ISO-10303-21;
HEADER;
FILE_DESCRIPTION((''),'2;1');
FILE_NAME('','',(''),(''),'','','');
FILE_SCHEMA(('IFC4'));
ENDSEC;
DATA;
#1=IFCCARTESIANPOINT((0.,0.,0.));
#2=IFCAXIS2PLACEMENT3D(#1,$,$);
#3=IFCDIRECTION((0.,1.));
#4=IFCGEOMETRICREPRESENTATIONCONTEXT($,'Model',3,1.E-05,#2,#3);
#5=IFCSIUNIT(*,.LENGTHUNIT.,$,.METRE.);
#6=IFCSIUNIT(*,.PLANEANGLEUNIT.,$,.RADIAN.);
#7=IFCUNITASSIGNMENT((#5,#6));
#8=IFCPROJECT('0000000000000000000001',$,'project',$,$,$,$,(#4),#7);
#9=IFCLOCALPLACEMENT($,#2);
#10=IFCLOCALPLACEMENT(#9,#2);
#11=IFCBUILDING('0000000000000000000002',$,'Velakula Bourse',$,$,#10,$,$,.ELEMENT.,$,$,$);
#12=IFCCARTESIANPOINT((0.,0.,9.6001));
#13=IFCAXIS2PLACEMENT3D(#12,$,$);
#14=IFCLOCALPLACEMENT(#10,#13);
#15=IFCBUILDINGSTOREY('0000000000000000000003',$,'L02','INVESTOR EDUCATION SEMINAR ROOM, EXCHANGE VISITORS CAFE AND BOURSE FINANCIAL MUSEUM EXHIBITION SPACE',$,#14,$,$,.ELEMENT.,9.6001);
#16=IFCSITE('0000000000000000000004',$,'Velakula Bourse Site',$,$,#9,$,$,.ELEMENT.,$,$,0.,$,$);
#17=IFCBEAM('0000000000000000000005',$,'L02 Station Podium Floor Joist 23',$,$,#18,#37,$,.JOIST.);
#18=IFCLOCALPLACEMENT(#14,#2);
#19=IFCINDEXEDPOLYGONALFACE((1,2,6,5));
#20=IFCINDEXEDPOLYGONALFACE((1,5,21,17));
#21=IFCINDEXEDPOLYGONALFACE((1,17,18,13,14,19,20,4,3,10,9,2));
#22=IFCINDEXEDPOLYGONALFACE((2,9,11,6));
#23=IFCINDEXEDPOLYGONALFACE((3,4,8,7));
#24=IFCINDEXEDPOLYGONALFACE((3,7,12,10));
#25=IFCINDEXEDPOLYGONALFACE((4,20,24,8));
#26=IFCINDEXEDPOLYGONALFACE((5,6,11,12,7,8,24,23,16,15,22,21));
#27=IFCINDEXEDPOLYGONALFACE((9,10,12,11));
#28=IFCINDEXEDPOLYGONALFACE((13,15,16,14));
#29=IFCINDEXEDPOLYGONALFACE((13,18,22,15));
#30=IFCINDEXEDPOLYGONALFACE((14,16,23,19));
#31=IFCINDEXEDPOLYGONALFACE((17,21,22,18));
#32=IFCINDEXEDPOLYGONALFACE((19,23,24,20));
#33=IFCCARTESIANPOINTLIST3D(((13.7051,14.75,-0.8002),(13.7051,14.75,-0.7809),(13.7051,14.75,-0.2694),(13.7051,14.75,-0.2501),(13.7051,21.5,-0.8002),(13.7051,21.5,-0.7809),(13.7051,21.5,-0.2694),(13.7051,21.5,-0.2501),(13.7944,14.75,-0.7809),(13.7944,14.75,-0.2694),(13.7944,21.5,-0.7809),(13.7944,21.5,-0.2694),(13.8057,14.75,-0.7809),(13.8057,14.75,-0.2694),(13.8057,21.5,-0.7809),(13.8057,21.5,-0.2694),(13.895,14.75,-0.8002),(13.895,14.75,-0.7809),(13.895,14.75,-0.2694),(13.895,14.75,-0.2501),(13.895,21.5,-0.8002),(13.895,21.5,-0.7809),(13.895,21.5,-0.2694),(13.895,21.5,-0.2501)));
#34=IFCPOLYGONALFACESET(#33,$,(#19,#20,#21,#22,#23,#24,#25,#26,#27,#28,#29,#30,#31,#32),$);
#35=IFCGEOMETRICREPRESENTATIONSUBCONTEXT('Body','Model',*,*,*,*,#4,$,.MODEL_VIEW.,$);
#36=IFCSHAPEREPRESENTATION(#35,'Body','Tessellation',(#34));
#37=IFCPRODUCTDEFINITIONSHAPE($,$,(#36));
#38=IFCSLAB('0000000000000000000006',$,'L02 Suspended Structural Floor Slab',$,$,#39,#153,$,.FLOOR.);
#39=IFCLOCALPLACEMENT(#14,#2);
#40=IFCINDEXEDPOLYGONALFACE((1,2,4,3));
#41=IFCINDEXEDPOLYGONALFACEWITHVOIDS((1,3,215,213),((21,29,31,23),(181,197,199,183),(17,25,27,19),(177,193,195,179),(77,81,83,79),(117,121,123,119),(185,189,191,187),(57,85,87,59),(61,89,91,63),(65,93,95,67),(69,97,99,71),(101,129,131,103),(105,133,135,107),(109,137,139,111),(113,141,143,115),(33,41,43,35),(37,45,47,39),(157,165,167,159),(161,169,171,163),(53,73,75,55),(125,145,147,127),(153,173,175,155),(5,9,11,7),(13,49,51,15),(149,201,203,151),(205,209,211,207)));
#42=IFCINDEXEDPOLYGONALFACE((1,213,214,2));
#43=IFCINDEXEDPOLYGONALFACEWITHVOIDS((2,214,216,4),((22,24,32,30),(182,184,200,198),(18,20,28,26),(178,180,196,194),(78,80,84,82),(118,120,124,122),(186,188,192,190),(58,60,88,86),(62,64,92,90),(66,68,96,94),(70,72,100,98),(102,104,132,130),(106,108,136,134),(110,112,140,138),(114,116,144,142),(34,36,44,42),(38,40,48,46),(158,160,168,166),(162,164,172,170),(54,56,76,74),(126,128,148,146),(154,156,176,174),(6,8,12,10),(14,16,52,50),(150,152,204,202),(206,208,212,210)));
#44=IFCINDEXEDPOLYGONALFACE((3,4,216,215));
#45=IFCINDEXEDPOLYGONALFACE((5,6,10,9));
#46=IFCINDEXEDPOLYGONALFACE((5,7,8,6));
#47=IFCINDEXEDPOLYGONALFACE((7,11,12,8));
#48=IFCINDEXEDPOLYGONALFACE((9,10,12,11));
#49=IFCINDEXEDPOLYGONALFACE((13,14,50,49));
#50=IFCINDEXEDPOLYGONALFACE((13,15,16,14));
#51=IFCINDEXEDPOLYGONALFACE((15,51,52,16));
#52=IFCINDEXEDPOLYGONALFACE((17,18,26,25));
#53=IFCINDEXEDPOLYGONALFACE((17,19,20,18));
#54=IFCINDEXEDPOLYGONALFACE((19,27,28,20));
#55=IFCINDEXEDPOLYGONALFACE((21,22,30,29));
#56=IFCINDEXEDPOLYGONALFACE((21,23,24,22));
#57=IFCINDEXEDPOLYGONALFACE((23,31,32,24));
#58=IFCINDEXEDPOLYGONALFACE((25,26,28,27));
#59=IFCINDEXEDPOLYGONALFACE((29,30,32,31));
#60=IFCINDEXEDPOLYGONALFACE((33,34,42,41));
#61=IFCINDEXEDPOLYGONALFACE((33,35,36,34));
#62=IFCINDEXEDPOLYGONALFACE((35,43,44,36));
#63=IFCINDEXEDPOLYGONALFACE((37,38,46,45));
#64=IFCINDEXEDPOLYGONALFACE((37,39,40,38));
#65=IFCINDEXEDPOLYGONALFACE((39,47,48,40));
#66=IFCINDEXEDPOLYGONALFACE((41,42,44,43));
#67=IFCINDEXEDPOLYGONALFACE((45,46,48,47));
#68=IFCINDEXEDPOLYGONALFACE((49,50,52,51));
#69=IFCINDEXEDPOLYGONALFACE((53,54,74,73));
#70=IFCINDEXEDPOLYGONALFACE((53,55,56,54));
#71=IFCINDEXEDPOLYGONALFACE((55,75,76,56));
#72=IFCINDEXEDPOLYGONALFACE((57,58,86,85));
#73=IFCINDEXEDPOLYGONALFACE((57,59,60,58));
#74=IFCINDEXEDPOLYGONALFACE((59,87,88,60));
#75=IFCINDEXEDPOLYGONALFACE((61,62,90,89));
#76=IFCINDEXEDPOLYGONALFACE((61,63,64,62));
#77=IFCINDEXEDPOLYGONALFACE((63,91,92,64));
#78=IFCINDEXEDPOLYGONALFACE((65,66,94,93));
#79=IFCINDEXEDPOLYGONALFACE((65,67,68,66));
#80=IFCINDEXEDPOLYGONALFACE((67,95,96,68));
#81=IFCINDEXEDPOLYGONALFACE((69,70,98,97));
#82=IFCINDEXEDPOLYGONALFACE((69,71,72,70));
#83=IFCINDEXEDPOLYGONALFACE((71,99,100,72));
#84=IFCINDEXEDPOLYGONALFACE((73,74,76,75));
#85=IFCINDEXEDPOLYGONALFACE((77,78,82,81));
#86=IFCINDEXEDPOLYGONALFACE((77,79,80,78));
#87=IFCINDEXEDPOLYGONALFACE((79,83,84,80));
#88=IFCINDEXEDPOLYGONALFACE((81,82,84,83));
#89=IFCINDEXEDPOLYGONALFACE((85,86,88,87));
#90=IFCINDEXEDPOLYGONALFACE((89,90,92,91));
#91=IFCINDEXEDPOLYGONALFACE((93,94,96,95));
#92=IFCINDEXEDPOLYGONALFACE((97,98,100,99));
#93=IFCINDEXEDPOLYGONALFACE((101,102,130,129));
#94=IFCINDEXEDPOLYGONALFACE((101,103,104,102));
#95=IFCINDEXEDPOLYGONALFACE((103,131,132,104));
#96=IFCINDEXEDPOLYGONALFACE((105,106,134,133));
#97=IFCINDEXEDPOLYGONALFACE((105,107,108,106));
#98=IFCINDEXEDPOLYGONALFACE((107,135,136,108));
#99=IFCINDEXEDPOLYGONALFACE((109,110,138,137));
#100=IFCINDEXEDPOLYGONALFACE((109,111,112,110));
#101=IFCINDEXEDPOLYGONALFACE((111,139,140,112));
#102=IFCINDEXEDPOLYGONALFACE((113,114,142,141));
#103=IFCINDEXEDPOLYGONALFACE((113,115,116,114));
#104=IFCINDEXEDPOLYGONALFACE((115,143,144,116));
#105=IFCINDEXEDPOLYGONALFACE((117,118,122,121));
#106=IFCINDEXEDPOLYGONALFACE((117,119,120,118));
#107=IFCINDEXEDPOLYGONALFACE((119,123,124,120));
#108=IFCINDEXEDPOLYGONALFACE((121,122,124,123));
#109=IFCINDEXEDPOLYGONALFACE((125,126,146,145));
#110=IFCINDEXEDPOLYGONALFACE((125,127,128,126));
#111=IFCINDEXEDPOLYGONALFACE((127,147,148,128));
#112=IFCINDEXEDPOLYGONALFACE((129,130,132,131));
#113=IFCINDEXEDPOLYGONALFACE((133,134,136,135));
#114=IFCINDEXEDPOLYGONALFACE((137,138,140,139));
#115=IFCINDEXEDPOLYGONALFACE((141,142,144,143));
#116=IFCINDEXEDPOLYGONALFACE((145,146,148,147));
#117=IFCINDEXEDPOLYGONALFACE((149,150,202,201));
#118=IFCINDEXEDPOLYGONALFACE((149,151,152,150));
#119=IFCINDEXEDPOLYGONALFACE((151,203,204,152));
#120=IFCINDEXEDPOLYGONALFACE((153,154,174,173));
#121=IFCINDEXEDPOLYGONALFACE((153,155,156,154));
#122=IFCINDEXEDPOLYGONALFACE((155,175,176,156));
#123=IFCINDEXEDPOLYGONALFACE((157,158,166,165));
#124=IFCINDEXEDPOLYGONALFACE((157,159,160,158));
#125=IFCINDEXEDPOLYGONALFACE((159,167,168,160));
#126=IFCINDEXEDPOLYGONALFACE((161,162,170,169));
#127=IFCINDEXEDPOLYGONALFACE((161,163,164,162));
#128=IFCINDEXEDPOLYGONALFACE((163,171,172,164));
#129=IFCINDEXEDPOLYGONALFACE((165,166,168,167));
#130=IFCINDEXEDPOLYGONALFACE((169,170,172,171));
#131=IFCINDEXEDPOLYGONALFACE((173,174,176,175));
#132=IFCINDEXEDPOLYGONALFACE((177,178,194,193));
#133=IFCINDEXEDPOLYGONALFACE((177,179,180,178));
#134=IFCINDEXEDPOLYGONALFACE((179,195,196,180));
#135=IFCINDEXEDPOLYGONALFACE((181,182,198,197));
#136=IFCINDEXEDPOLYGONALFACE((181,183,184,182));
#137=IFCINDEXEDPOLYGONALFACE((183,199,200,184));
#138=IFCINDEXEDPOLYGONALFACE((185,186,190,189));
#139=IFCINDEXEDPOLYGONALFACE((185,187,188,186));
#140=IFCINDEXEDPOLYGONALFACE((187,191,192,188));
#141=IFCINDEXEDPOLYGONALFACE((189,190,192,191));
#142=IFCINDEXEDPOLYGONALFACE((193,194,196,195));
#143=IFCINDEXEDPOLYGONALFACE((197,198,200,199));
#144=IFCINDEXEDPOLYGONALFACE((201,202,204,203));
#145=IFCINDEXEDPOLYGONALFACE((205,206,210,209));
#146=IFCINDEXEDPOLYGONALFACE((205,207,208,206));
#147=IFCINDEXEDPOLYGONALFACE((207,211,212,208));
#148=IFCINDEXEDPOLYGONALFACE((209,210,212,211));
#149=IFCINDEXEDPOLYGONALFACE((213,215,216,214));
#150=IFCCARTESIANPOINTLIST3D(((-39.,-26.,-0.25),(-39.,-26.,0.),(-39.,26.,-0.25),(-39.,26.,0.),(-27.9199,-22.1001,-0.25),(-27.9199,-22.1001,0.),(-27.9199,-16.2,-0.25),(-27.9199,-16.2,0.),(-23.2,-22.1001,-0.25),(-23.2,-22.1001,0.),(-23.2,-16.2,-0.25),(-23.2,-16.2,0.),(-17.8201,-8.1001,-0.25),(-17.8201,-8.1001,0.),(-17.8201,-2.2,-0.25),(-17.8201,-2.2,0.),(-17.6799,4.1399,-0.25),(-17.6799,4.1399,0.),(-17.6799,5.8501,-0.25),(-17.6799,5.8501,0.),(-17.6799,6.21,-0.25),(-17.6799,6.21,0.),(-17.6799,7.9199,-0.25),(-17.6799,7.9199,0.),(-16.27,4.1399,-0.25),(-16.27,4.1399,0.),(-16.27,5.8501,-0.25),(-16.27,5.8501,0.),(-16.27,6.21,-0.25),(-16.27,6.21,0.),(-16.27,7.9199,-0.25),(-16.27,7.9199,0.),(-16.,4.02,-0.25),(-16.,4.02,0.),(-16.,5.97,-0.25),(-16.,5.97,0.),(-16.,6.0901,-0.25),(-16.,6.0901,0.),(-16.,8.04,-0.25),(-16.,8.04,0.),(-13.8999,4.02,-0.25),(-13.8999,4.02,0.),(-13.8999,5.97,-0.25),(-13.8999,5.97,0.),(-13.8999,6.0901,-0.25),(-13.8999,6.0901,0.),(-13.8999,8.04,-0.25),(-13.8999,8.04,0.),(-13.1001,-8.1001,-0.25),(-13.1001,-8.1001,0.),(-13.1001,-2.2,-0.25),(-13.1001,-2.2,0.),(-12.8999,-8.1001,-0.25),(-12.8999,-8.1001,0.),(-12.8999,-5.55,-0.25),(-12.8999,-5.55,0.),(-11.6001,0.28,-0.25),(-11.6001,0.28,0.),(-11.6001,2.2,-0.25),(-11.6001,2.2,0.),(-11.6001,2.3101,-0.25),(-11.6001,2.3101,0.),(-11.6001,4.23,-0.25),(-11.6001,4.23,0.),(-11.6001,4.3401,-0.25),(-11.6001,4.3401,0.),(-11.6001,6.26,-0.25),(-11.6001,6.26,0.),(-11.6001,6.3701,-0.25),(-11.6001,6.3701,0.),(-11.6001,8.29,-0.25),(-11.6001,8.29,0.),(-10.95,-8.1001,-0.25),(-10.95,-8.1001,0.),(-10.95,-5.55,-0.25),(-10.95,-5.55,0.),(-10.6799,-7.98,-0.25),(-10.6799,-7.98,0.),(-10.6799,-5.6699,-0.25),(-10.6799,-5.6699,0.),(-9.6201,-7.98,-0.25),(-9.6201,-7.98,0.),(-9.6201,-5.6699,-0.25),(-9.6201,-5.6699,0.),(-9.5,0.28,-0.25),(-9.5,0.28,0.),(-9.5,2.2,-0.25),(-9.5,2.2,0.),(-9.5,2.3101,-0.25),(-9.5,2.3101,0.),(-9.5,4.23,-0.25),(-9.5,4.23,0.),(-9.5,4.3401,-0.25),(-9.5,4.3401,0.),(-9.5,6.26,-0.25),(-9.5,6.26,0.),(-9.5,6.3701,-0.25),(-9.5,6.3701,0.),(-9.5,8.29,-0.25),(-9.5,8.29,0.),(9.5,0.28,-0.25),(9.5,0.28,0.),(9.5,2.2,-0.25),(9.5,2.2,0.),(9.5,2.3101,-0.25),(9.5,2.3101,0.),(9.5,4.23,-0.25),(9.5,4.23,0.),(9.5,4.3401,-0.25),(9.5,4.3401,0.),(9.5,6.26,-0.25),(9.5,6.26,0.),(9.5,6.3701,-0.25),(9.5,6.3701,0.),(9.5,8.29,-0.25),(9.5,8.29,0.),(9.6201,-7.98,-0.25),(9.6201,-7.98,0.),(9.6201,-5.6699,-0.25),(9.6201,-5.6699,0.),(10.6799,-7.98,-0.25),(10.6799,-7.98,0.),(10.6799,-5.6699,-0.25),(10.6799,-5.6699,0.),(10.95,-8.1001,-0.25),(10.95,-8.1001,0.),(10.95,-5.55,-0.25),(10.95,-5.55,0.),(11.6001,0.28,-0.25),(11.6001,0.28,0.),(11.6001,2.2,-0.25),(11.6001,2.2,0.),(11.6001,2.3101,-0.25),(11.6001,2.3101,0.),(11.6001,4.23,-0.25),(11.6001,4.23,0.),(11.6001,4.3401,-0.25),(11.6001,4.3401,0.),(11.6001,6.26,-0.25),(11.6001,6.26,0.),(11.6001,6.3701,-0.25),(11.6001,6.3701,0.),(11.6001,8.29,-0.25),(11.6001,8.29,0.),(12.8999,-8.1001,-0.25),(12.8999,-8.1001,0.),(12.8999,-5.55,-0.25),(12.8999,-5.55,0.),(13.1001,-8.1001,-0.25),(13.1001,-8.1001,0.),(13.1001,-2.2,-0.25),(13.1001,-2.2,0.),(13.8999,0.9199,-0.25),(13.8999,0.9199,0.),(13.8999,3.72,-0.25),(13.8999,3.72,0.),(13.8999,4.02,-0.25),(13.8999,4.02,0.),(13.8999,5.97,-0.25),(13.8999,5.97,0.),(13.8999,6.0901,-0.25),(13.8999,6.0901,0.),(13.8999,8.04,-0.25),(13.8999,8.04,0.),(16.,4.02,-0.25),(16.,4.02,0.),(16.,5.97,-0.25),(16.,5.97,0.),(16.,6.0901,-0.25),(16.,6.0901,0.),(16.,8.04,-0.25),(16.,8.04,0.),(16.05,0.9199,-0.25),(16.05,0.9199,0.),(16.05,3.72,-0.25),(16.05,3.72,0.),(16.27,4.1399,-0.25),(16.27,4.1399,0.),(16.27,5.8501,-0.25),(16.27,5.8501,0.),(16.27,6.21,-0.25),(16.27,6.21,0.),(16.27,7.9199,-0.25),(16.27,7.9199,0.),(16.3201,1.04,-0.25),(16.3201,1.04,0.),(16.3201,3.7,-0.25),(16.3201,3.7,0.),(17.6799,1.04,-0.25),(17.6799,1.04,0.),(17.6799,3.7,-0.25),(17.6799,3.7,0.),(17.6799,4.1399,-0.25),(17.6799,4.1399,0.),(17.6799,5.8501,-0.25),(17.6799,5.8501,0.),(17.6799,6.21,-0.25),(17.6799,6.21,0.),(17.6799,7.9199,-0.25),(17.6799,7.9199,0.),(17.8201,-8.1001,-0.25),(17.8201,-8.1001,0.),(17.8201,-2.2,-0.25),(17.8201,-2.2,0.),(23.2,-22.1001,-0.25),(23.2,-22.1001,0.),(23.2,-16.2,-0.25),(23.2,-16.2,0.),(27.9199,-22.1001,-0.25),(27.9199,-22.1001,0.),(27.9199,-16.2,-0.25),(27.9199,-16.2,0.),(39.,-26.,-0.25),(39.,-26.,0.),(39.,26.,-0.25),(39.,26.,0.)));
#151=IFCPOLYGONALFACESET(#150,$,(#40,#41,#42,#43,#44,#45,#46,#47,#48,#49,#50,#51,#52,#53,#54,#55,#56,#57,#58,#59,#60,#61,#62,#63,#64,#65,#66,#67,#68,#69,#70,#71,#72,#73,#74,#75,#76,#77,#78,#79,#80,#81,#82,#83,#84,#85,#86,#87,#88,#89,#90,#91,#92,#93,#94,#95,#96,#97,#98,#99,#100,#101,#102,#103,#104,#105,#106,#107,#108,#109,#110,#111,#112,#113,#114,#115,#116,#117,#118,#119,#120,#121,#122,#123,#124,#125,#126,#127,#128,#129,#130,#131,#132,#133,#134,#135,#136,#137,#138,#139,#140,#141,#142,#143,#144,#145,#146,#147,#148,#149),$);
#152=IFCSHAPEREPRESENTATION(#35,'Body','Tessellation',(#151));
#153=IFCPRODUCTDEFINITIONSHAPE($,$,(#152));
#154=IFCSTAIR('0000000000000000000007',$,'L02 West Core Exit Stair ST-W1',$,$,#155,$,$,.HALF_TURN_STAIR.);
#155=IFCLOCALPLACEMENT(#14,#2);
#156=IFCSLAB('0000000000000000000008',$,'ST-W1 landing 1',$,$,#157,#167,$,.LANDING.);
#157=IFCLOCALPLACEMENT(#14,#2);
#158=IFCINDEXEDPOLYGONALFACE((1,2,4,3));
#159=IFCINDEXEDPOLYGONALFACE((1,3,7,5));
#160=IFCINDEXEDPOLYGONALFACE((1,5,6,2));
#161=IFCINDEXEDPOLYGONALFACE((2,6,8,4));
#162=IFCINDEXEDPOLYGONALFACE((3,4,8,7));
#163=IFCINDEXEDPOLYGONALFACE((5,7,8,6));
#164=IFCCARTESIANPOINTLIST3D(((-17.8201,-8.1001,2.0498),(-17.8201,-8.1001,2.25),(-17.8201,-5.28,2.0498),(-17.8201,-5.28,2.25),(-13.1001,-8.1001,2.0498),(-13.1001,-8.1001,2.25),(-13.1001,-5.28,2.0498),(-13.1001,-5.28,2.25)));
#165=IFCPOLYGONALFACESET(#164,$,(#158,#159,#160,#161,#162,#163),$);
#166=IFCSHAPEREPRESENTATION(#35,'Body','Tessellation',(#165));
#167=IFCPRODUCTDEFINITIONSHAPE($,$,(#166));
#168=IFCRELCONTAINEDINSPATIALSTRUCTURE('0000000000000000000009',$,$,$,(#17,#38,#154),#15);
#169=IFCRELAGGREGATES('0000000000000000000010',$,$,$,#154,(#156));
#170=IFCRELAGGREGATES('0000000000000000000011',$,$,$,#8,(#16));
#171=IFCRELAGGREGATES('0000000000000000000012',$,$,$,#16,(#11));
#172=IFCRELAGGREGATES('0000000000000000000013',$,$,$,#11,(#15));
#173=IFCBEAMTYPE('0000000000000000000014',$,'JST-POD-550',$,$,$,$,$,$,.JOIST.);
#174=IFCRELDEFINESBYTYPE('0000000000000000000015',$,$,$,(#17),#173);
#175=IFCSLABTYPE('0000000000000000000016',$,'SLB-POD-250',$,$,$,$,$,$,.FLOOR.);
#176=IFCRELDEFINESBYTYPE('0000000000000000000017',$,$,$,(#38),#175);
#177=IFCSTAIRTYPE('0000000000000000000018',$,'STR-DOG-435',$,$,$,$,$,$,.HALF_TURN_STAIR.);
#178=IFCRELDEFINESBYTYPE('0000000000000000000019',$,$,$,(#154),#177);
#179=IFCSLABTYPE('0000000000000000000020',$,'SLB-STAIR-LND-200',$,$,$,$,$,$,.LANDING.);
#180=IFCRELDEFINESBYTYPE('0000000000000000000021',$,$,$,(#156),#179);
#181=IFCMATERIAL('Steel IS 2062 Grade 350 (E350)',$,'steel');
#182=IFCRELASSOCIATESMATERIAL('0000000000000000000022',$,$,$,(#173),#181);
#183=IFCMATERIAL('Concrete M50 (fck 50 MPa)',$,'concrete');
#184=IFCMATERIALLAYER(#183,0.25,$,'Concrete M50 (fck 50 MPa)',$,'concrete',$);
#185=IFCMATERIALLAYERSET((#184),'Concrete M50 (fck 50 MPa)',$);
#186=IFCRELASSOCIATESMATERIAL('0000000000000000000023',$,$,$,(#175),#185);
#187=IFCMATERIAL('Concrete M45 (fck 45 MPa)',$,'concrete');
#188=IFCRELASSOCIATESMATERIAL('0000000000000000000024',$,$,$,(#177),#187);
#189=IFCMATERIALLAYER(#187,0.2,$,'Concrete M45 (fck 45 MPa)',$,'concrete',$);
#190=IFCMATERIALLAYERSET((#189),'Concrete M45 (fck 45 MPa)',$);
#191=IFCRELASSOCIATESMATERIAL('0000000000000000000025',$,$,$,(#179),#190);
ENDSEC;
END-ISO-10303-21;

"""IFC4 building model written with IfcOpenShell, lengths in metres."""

from ifc_helpers import new_model, si_unit, direction, frame, origin, origin_2d, place, context, subcontext, project, spatial, polyline, i_section, outline, extrude, material, layer, layer_set, material_profile, profile_set, type_object, element, aggregate, save


model = new_model("IFC4")

# Units and contexts
model_context = context("Model", 3, precision=1e-05, world=origin(), true_north=direction((0.0, 1.0)))
body_context = subcontext(model_context, "Body", "Model", "MODEL_VIEW")
ifc_project = project(units=[si_unit("LENGTHUNIT", "METRE"), si_unit("PLANEANGLEUNIT", "RADIAN")], contexts=[model_context])

# Site, building, storey
site_placement = place(None, origin())
site = spatial("IfcSite", under=ifc_project, at=site_placement, Name="Velakula Bourse Site", CompositionType="ELEMENT", RefElevation=0.0)
building_placement = place(site_placement, origin())
building = spatial("IfcBuilding", under=site, at=building_placement, Name="Velakula Bourse", CompositionType="ELEMENT")
storey_placement = place(building_placement, frame((0.0, 0.0, 9.6001)))
storey = spatial("IfcBuildingStorey", under=building, at=storey_placement, Name="L02", Description="INVESTOR EDUCATION SEMINAR ROOM, EXCHANGE VISITORS CAFE AND BOURSE FINANCIAL MUSEUM EXHIBITION SPACE", CompositionType="ELEMENT", Elevation=9.6001)

# Beam
ifc_material_1 = material(Name="Steel IS 2062 Grade 350 (E350)", Category="steel")
ifc_material_profile_1 = material_profile(ifc_material_1, i_section(OverallWidth=0.1899, OverallDepth=0.55, WebThickness=0.0112, FlangeThickness=0.0193, at=origin_2d()), Name="Steel IS 2062 Grade 350 (E350)")
ifc_profile_set_1 = profile_set([ifc_material_profile_1], Name="Steel IS 2062 Grade 350 (E350)")
beam_type_1 = type_object("IfcBeamType", Name="JST-POD-550", PredefinedType="JOIST", material=ifc_profile_set_1)
for number, where, z_axis, x_axis, name in (
    (1, (13.8, 14.75, -0.5251), (0.0, 1.0, 0.0), (-1.0, 0.0, 0.0), "L02 Station Podium Floor Joist 23"),
):
    element("IfcBeam", number, at=place(storey_placement, frame(where, z_axis=z_axis, x_axis=x_axis)), inside=storey, type_object=beam_type_1, Name=name, PredefinedType="JOIST", context=body_context, shape_type="SweptSolid", body=[
        extrude(i_section(OverallWidth=0.1899, OverallDepth=0.55, WebThickness=0.0112, FlangeThickness=0.0193, at=origin_2d()), origin(), (0.0, 0.0, 1.0), 6.75),
    ])

# Slab
ifc_material_2 = material(Name="Concrete M50 (fck 50 MPa)", Category="concrete")
ifc_layer_1 = layer(ifc_material_2, 0.25, Name="Concrete M50 (fck 50 MPa)", Category="concrete")
ifc_layer_set_1 = layer_set([ifc_layer_1], Name="Concrete M50 (fck 50 MPa)")
slab_type_1 = type_object("IfcSlabType", Name="SLB-POD-250", PredefinedType="FLOOR", material=ifc_layer_set_1)
slab_1_placement = place(storey_placement, frame((0.0, 0.0, -0.25)))
element("IfcSlab", 2, at=slab_1_placement, inside=storey, type_object=slab_type_1, Name="L02 Suspended Structural Floor Slab", PredefinedType="FLOOR", context=body_context, shape_type="SweptSolid", body=[
    extrude(outline(polyline([(-39.0, -26.0), (39.0, -26.0), (39.0, 26.0), (-39.0, 26.0), (-39.0, -26.0)]), holes=[polyline([(-17.8201, -8.1001), (-13.1001, -8.1001), (-13.1001, -2.2), (-17.8201, -2.2), (-17.8201, -8.1001)]), polyline([(13.1001, -8.1001), (17.8201, -8.1001), (17.8201, -2.2), (13.1001, -2.2), (13.1001, -8.1001)]), polyline([(-27.9199, -22.1001), (-23.2, -22.1001), (-23.2, -16.2), (-27.9199, -16.2), (-27.9199, -22.1001)]), polyline([(23.2, -22.1001), (27.9199, -22.1001), (27.9199, -16.2), (23.2, -16.2), (23.2, -22.1001)]), polyline([(-12.8999, -8.1001), (-10.95, -8.1001), (-10.95, -5.55), (-12.8999, -5.55), (-12.8999, -8.1001)]), polyline([(10.95, -8.1001), (12.8999, -8.1001), (12.8999, -5.55), (10.95, -5.55), (10.95, -8.1001)]), polyline([(13.8999, 0.9199), (16.05, 0.9199), (16.05, 3.72), (13.8999, 3.72), (13.8999, 0.9199)]), polyline([(-10.6799, -7.98), (-9.6201, -7.98), (-9.6201, -5.6699), (-10.6799, -5.6699), (-10.6799, -7.98)]), polyline([(-17.6799, 4.1399), (-16.27, 4.1399), (-16.27, 5.8501), (-17.6799, 5.8501), (-17.6799, 4.1399)]), polyline([(-17.6799, 6.21), (-16.27, 6.21), (-16.27, 7.9199), (-17.6799, 7.9199), (-17.6799, 6.21)]), polyline([(9.6201, -7.98), (10.6799, -7.98), (10.6799, -5.6699), (9.6201, -5.6699), (9.6201, -7.98)]), polyline([(16.27, 4.1399), (17.6799, 4.1399), (17.6799, 5.8501), (16.27, 5.8501), (16.27, 4.1399)]), polyline([(16.27, 6.21), (17.6799, 6.21), (17.6799, 7.9199), (16.27, 7.9199), (16.27, 6.21)]), polyline([(16.3201, 1.04), (17.6799, 1.04), (17.6799, 3.7), (16.3201, 3.7), (16.3201, 1.04)]), polyline([(-11.6001, 0.28), (-9.5, 0.28), (-9.5, 2.2), (-11.6001, 2.2), (-11.6001, 0.28)]), polyline([(-11.6001, 2.3101), (-9.5, 2.3101), (-9.5, 4.23), (-11.6001, 4.23), (-11.6001, 2.3101)]), polyline([(-11.6001, 4.3401), (-9.5, 4.3401), (-9.5, 6.26), (-11.6001, 6.26), (-11.6001, 4.3401)]), polyline([(-11.6001, 6.3701), (-9.5, 6.3701), (-9.5, 8.29), (-11.6001, 8.29), (-11.6001, 6.3701)]), polyline([(9.5, 0.28), (11.6001, 0.28), (11.6001, 2.2), (9.5, 2.2), (9.5, 0.28)]), polyline([(9.5, 2.3101), (11.6001, 2.3101), (11.6001, 4.23), (9.5, 4.23), (9.5, 2.3101)]), polyline([(9.5, 4.3401), (11.6001, 4.3401), (11.6001, 6.26), (9.5, 6.26), (9.5, 4.3401)]), polyline([(9.5, 6.3701), (11.6001, 6.3701), (11.6001, 8.29), (9.5, 8.29), (9.5, 6.3701)]), polyline([(-16.0, 4.02), (-13.8999, 4.02), (-13.8999, 5.97), (-16.0, 5.97), (-16.0, 4.02)]), polyline([(-16.0, 6.0901), (-13.8999, 6.0901), (-13.8999, 8.04), (-16.0, 8.04), (-16.0, 6.0901)]), polyline([(13.8999, 4.02), (16.0, 4.02), (16.0, 5.97), (13.8999, 5.97), (13.8999, 4.02)]), polyline([(13.8999, 6.0901), (16.0, 6.0901), (16.0, 8.04), (13.8999, 8.04), (13.8999, 6.0901)])]), origin(), (0.0, 0.0, 1.0), 0.25),
])

# Stair, slab
ifc_material_3 = material(Name="Concrete M45 (fck 45 MPa)", Category="concrete")
stair_type = type_object("IfcStairType", Name="STR-DOG-435", PredefinedType="HALF_TURN_STAIR", material=ifc_material_3)
stair_1_placement = place(storey_placement, origin())
stair_1 = element("IfcStair", 3, at=stair_1_placement, inside=storey, type_object=stair_type, Name="L02 West Core Exit Stair ST-W1", PredefinedType="HALF_TURN_STAIR")
ifc_layer_2 = layer(ifc_material_3, 0.2, Name="Concrete M45 (fck 45 MPa)", Category="concrete")
ifc_layer_set_2 = layer_set([ifc_layer_2], Name="Concrete M45 (fck 45 MPa)")
slab_type_2 = type_object("IfcSlabType", Name="SLB-STAIR-LND-200", PredefinedType="LANDING", material=ifc_layer_set_2)
slab_2_placement = place(storey_placement, frame((0.0, 0.0, 2.0498)))
slab_2 = element("IfcSlab", 4, at=slab_2_placement, type_object=slab_type_2, Name="ST-W1 landing 1", PredefinedType="LANDING", context=body_context, shape_type="SweptSolid", body=[
    extrude(outline(polyline([(-17.8201, -5.28), (-17.8201, -8.1001), (-13.1001, -8.1001), (-13.1001, -5.28), (-17.8201, -5.28)])), origin(), (0.0, 0.0, 1.0), 0.2002),
])
aggregate(stair_1, [slab_2])

save(model, "model.ifc")
